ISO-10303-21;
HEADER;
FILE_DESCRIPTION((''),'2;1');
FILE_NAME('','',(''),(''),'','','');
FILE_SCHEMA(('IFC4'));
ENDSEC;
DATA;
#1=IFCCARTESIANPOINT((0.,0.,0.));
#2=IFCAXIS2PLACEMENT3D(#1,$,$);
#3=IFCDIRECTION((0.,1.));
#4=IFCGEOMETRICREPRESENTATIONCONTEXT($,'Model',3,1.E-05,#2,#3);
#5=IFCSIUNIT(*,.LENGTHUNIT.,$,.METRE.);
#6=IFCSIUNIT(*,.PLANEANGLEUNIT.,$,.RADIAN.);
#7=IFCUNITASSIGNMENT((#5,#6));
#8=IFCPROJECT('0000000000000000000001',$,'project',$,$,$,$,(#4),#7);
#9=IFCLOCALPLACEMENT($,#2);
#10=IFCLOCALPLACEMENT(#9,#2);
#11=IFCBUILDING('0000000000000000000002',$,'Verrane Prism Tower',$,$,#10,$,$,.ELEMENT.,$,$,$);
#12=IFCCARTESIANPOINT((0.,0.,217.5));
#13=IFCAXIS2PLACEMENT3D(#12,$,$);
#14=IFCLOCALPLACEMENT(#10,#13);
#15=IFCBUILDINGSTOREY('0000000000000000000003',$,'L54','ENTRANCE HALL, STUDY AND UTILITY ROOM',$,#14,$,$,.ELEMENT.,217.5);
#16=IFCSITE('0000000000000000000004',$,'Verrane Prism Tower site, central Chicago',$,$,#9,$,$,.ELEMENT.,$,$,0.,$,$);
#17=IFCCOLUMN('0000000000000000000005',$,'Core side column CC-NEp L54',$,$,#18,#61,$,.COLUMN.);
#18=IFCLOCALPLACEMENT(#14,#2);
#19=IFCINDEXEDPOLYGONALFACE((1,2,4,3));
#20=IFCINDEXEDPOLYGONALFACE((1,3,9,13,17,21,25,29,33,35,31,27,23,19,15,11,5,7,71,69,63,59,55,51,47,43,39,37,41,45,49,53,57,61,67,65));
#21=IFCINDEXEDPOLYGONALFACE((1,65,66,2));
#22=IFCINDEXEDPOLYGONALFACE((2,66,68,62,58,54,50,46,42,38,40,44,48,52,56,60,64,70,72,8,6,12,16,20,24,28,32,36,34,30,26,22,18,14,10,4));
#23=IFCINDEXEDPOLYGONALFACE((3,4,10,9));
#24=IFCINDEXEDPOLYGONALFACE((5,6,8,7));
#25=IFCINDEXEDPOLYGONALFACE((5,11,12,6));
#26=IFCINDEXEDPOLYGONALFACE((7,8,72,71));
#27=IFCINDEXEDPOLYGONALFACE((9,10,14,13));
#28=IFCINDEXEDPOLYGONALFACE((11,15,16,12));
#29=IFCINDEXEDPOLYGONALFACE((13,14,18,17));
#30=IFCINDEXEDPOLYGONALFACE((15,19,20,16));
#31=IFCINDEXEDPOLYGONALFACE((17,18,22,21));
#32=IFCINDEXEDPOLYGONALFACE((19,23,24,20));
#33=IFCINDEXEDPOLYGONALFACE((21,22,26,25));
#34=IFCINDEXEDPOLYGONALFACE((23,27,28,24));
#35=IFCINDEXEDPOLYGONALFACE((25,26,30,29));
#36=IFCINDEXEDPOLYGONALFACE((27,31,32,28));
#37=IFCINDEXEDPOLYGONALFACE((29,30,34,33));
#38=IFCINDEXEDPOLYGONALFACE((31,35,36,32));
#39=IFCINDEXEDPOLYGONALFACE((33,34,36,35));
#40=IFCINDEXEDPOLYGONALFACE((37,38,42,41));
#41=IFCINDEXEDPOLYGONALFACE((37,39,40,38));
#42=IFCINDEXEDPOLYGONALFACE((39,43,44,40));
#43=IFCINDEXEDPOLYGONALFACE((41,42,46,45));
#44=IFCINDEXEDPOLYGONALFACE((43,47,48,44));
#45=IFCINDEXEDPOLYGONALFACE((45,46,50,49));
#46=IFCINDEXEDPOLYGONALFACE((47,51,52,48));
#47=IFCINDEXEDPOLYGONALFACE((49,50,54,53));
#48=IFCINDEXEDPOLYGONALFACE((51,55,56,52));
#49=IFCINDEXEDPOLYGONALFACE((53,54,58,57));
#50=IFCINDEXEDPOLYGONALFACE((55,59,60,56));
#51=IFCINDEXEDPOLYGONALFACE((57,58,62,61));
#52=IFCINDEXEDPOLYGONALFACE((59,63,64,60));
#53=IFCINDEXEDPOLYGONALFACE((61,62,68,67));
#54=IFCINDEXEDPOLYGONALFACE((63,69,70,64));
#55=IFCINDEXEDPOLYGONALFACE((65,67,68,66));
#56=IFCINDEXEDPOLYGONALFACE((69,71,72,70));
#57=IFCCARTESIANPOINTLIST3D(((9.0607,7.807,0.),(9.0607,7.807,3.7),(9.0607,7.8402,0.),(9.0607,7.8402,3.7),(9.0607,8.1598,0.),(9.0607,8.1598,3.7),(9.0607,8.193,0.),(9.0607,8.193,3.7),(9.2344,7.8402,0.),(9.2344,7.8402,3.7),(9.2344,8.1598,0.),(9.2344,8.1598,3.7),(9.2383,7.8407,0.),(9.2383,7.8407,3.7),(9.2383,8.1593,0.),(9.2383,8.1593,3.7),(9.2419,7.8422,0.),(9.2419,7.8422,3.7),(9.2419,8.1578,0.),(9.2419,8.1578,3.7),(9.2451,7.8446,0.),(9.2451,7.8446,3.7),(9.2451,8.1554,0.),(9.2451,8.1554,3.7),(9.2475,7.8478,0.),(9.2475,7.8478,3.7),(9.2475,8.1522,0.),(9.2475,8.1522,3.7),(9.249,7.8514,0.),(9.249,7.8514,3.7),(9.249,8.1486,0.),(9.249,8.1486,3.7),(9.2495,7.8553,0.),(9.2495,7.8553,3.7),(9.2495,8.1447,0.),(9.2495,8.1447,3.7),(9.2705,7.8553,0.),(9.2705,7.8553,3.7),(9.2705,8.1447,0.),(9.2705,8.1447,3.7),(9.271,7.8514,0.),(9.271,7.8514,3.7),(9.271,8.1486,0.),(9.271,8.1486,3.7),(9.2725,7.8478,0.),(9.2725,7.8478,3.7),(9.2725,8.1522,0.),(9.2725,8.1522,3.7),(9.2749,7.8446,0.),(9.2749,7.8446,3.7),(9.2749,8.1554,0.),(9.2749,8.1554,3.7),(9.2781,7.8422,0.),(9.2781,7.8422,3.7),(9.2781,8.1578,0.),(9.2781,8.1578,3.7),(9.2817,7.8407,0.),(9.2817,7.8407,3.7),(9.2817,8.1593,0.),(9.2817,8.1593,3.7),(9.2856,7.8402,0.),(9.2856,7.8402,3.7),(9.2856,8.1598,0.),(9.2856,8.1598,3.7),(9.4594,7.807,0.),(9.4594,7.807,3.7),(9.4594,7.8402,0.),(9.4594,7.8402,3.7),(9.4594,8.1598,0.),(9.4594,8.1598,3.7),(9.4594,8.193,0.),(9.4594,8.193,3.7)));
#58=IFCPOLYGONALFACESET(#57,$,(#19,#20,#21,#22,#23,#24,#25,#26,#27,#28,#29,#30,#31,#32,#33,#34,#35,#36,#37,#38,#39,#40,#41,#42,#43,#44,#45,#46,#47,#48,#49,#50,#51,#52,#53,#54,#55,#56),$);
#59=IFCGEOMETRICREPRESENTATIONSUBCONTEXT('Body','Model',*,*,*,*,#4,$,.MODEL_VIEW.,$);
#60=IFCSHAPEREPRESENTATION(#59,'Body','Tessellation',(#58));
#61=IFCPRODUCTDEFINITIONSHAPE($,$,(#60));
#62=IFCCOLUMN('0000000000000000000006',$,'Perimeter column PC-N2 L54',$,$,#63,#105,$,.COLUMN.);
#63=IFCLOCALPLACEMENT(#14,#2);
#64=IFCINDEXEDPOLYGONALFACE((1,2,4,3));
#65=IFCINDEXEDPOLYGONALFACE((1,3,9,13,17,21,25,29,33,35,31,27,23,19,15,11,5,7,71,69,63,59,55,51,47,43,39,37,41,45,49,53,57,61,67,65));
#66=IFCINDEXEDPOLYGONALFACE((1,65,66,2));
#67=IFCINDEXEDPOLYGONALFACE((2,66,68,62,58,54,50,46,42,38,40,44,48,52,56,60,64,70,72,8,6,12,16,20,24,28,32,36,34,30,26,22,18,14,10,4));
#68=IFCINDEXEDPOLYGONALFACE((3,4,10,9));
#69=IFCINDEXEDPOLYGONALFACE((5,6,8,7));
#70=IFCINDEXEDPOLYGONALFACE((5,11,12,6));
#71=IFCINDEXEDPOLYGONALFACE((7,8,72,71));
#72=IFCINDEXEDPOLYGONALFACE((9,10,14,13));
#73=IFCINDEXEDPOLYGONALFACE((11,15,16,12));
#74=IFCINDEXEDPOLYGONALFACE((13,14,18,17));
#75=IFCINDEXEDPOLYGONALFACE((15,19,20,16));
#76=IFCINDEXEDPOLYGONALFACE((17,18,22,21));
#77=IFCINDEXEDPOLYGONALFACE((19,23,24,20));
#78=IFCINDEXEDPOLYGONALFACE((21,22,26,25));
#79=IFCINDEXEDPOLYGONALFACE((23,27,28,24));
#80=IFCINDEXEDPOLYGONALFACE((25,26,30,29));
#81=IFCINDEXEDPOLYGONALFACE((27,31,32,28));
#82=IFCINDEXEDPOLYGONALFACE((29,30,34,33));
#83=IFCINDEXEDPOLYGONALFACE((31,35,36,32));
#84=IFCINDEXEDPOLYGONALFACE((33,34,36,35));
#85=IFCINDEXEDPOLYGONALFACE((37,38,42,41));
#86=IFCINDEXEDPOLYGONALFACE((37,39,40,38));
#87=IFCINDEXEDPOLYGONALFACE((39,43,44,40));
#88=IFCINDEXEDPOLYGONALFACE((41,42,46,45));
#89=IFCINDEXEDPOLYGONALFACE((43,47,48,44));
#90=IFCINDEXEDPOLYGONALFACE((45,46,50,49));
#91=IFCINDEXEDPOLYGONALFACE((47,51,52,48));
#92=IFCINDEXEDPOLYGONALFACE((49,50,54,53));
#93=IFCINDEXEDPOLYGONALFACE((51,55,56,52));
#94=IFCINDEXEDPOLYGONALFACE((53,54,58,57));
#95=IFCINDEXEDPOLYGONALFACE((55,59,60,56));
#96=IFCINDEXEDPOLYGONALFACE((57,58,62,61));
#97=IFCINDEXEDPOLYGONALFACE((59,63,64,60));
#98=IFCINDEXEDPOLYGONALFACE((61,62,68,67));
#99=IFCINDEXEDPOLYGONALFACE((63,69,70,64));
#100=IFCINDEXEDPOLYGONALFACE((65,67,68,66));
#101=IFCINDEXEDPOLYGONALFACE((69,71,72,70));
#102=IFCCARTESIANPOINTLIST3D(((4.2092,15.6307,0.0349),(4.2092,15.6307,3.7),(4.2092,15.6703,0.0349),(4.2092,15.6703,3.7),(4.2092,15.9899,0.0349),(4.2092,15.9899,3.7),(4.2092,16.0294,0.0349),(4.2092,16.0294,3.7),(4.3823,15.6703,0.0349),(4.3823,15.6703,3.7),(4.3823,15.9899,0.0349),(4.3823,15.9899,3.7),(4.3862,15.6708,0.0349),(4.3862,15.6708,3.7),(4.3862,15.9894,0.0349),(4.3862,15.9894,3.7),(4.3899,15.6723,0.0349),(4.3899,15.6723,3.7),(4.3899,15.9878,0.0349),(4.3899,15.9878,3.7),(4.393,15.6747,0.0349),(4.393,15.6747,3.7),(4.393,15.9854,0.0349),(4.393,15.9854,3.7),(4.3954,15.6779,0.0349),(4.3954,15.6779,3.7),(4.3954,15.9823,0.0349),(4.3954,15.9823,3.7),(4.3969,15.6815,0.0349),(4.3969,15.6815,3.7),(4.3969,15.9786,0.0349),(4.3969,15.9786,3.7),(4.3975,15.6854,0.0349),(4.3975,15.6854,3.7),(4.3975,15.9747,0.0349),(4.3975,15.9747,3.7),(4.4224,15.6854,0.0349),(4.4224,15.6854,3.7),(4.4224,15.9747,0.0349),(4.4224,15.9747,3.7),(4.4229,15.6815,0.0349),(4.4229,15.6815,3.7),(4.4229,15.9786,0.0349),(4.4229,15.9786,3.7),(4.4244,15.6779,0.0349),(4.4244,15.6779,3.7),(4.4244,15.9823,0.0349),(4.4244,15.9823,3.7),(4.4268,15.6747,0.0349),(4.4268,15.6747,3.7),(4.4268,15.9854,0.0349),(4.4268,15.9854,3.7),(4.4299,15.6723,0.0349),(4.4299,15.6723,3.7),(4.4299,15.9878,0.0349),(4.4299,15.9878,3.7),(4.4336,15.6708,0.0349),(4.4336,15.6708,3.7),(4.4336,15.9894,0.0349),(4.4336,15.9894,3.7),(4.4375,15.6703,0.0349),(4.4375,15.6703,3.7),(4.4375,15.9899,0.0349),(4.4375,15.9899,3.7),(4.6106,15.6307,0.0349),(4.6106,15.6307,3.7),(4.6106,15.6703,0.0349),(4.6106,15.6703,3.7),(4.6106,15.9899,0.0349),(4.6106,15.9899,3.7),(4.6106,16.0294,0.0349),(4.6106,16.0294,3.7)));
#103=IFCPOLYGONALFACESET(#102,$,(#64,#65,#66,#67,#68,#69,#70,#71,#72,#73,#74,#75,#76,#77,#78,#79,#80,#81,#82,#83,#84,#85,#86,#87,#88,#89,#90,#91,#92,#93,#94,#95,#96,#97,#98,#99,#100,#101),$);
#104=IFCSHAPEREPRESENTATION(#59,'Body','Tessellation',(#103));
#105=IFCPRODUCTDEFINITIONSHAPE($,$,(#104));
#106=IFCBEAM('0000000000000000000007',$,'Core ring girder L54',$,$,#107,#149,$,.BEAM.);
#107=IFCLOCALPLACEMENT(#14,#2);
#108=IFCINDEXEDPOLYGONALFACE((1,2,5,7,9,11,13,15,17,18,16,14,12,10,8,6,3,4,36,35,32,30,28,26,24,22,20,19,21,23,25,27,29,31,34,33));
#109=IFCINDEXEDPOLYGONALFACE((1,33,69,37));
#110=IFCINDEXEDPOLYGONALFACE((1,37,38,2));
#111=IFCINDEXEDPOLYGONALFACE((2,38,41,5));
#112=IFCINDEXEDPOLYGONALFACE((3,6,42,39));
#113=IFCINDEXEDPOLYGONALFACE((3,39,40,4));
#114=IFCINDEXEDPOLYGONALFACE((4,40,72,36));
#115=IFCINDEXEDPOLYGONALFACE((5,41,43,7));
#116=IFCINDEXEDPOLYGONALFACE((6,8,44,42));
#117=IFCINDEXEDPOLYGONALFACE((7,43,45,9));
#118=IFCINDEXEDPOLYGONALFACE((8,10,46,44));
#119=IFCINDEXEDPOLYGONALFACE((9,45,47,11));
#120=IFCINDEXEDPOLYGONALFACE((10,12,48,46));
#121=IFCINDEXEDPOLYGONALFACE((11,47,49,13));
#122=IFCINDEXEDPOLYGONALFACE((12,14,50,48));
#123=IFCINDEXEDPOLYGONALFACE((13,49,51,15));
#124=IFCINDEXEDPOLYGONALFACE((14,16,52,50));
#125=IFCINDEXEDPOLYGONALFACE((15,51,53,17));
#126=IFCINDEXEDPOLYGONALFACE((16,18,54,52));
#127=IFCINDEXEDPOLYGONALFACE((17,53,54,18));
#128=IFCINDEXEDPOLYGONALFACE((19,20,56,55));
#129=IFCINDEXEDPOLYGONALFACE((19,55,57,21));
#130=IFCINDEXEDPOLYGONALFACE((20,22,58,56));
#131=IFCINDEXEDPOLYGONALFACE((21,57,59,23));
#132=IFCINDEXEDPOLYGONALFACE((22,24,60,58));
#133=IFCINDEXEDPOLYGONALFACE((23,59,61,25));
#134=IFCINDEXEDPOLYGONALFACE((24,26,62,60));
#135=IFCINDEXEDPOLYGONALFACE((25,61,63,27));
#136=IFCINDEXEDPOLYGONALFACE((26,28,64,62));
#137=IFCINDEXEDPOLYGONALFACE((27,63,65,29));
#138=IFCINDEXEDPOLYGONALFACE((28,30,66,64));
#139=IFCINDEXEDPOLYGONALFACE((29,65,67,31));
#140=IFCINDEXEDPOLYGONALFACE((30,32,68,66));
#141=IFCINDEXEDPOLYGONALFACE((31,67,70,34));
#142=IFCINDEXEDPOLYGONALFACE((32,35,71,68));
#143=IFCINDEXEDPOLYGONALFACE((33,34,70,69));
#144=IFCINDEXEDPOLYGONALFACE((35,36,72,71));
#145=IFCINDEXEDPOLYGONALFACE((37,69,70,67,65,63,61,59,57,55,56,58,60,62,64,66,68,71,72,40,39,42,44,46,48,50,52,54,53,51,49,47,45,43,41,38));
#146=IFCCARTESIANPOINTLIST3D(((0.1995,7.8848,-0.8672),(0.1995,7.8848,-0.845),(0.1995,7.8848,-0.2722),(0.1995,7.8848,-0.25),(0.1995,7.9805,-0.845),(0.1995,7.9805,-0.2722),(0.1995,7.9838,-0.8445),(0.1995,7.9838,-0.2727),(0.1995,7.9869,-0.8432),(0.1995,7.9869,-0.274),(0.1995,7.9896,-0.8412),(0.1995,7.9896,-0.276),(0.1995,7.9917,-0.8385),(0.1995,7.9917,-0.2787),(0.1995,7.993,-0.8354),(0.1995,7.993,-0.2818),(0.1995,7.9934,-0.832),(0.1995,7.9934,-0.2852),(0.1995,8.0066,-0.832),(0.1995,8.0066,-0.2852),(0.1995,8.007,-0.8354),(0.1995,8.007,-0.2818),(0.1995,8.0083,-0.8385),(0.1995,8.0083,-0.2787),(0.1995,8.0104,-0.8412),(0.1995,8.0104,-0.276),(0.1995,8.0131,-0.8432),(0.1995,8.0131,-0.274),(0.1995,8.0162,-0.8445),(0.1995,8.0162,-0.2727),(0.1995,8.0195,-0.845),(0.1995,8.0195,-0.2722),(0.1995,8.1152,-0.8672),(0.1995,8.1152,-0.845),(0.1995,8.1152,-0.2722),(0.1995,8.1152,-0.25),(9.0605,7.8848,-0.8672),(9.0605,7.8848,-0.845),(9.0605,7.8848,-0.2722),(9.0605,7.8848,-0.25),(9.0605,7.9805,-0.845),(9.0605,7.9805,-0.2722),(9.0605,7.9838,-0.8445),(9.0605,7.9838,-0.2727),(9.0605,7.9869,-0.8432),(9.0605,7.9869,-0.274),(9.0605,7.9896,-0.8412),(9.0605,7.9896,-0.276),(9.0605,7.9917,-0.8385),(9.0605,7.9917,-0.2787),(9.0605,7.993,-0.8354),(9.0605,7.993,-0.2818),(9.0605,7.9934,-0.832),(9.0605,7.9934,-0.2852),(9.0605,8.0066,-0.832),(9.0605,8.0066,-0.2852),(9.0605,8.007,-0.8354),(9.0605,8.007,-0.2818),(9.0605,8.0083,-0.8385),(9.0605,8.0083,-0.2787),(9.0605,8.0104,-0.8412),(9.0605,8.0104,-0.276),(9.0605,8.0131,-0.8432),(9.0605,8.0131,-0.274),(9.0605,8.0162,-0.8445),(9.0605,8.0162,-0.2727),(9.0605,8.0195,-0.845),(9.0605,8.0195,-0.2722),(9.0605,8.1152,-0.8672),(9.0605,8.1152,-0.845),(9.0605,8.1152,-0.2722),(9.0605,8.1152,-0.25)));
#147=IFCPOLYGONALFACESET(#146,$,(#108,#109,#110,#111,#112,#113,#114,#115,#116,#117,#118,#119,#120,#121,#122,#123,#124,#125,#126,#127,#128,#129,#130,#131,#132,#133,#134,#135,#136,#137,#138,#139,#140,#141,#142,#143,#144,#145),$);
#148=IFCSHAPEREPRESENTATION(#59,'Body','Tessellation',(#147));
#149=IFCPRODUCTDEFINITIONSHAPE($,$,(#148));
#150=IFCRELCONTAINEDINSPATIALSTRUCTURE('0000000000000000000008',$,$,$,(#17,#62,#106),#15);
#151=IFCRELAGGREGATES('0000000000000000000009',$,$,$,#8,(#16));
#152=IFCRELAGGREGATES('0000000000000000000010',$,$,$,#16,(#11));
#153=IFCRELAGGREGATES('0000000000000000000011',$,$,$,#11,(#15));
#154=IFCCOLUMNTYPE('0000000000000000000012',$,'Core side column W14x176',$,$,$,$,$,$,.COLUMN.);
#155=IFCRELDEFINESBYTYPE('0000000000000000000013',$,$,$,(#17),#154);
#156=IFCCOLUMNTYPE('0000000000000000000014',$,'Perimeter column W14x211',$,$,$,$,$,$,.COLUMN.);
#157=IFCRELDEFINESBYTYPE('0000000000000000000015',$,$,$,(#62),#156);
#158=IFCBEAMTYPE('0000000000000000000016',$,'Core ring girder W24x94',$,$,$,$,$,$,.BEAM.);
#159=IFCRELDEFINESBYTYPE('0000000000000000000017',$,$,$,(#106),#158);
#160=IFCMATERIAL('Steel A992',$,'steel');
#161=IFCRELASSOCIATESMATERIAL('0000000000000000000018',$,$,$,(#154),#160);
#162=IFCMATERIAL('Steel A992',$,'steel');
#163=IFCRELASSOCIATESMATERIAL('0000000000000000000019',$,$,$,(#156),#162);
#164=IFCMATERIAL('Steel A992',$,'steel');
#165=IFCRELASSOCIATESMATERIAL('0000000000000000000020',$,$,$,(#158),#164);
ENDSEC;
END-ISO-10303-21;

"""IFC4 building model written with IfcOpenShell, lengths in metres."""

from ifc_helpers import new_model, si_unit, direction, frame, origin, origin_2d, place, context, subcontext, project, spatial, i_section, extrude, material, material_profile, profile_set, type_object, element, save


model = new_model("IFC4")

# Units and contexts
model_context = context("Model", 3, precision=1e-05, world=origin(), true_north=direction((0.0, 1.0)))
body_context = subcontext(model_context, "Body", "Model", "MODEL_VIEW")
ifc_project = project(units=[si_unit("LENGTHUNIT", "METRE"), si_unit("PLANEANGLEUNIT", "RADIAN")], contexts=[model_context])

# Site, building, storey
site_placement = place(None, origin())
site = spatial("IfcSite", under=ifc_project, at=site_placement, Name="Verrane Prism Tower site, central Chicago", CompositionType="ELEMENT", RefElevation=0.0)
building_placement = place(site_placement, origin())
building = spatial("IfcBuilding", under=site, at=building_placement, Name="Verrane Prism Tower", CompositionType="ELEMENT")
storey_placement = place(building_placement, frame((0.0, 0.0, 217.5)))
storey = spatial("IfcBuildingStorey", under=building, at=storey_placement, Name="L54", Description="ENTRANCE HALL, STUDY AND UTILITY ROOM", CompositionType="ELEMENT", Elevation=217.5)

# Columns
ifc_material_1 = material(Name="Steel A992", Category="steel")
ifc_material_profile_1 = material_profile(ifc_material_1, i_section(OverallWidth=0.3987, OverallDepth=0.386, WebThickness=0.021, FlangeThickness=0.0332, FilletRadius=0.0151, at=origin_2d()), Name="W14x176")
ifc_profile_set_1 = profile_set([ifc_material_profile_1], Name="Steel A992")
column_type_1 = type_object("IfcColumnType", Name="Core side column W14x176", PredefinedType="COLUMN", material=ifc_profile_set_1)
column_1_placement = place(storey_placement, frame((9.26, 8.0, 0.0), z_axis=(0.0, 0.0, 1.0), x_axis=(1.0, 0.0, 0.0)))
element("IfcColumn", 1, at=column_1_placement, inside=storey, type_object=column_type_1, Name="Core side column CC-NEp L54", PredefinedType="COLUMN", context=body_context, shape_type="SweptSolid", body=[
    extrude(i_section(OverallWidth=0.3987, OverallDepth=0.386, WebThickness=0.021, FlangeThickness=0.0332, FilletRadius=0.0151, at=origin_2d()), origin(), (0.0, 0.0, 1.0), 3.7),
])
ifc_material_2 = material(Name="Steel A992", Category="steel")
ifc_material_profile_2 = material_profile(ifc_material_2, i_section(OverallWidth=0.4014, OverallDepth=0.3987, WebThickness=0.0249, FlangeThickness=0.0396, FilletRadius=0.0151, at=origin_2d()), Name="W14x211")
ifc_profile_set_2 = profile_set([ifc_material_profile_2], Name="Steel A992")
column_type_2 = type_object("IfcColumnType", Name="Perimeter column W14x211", PredefinedType="COLUMN", material=ifc_profile_set_2)
column_2_placement = place(storey_placement, frame((4.4099, 15.8301, 0.0349), z_axis=(0.0, 0.0, 1.0), x_axis=(1.0, 0.0, 0.0)))
element("IfcColumn", 2, at=column_2_placement, inside=storey, type_object=column_type_2, Name="Perimeter column PC-N2 L54", PredefinedType="COLUMN", context=body_context, shape_type="SweptSolid", body=[
    extrude(i_section(OverallWidth=0.4014, OverallDepth=0.3987, WebThickness=0.0249, FlangeThickness=0.0396, FilletRadius=0.0151, at=origin_2d()), origin(), (0.0, 0.0, 1.0), 3.665),
])

# Beam
ifc_material_3 = material(Name="Steel A992", Category="steel")
ifc_material_profile_3 = material_profile(ifc_material_3, i_section(OverallWidth=0.2305, OverallDepth=0.6172, WebThickness=0.0132, FlangeThickness=0.0222, FilletRadius=0.0129, at=origin_2d()), Name="W24x94")
ifc_profile_set_3 = profile_set([ifc_material_profile_3], Name="Steel A992")
beam_type_1 = type_object("IfcBeamType", Name="Core ring girder W24x94", PredefinedType="BEAM", material=ifc_profile_set_3)
beam_1_placement = place(storey_placement, frame((9.0605, 8.0, -0.5586), z_axis=(-1.0, 0.0, 0.0), x_axis=(0.0, -1.0, 0.0)))
element("IfcBeam", 3, at=beam_1_placement, inside=storey, type_object=beam_type_1, Name="Core ring girder L54", PredefinedType="BEAM", context=body_context, shape_type="SweptSolid", body=[
    extrude(i_section(OverallWidth=0.2305, OverallDepth=0.6172, WebThickness=0.0132, FlangeThickness=0.0222, FilletRadius=0.0129, at=origin_2d()), origin(), (0.0, 0.0, 1.0), 8.8611),
])

save(model, "model.ifc")
